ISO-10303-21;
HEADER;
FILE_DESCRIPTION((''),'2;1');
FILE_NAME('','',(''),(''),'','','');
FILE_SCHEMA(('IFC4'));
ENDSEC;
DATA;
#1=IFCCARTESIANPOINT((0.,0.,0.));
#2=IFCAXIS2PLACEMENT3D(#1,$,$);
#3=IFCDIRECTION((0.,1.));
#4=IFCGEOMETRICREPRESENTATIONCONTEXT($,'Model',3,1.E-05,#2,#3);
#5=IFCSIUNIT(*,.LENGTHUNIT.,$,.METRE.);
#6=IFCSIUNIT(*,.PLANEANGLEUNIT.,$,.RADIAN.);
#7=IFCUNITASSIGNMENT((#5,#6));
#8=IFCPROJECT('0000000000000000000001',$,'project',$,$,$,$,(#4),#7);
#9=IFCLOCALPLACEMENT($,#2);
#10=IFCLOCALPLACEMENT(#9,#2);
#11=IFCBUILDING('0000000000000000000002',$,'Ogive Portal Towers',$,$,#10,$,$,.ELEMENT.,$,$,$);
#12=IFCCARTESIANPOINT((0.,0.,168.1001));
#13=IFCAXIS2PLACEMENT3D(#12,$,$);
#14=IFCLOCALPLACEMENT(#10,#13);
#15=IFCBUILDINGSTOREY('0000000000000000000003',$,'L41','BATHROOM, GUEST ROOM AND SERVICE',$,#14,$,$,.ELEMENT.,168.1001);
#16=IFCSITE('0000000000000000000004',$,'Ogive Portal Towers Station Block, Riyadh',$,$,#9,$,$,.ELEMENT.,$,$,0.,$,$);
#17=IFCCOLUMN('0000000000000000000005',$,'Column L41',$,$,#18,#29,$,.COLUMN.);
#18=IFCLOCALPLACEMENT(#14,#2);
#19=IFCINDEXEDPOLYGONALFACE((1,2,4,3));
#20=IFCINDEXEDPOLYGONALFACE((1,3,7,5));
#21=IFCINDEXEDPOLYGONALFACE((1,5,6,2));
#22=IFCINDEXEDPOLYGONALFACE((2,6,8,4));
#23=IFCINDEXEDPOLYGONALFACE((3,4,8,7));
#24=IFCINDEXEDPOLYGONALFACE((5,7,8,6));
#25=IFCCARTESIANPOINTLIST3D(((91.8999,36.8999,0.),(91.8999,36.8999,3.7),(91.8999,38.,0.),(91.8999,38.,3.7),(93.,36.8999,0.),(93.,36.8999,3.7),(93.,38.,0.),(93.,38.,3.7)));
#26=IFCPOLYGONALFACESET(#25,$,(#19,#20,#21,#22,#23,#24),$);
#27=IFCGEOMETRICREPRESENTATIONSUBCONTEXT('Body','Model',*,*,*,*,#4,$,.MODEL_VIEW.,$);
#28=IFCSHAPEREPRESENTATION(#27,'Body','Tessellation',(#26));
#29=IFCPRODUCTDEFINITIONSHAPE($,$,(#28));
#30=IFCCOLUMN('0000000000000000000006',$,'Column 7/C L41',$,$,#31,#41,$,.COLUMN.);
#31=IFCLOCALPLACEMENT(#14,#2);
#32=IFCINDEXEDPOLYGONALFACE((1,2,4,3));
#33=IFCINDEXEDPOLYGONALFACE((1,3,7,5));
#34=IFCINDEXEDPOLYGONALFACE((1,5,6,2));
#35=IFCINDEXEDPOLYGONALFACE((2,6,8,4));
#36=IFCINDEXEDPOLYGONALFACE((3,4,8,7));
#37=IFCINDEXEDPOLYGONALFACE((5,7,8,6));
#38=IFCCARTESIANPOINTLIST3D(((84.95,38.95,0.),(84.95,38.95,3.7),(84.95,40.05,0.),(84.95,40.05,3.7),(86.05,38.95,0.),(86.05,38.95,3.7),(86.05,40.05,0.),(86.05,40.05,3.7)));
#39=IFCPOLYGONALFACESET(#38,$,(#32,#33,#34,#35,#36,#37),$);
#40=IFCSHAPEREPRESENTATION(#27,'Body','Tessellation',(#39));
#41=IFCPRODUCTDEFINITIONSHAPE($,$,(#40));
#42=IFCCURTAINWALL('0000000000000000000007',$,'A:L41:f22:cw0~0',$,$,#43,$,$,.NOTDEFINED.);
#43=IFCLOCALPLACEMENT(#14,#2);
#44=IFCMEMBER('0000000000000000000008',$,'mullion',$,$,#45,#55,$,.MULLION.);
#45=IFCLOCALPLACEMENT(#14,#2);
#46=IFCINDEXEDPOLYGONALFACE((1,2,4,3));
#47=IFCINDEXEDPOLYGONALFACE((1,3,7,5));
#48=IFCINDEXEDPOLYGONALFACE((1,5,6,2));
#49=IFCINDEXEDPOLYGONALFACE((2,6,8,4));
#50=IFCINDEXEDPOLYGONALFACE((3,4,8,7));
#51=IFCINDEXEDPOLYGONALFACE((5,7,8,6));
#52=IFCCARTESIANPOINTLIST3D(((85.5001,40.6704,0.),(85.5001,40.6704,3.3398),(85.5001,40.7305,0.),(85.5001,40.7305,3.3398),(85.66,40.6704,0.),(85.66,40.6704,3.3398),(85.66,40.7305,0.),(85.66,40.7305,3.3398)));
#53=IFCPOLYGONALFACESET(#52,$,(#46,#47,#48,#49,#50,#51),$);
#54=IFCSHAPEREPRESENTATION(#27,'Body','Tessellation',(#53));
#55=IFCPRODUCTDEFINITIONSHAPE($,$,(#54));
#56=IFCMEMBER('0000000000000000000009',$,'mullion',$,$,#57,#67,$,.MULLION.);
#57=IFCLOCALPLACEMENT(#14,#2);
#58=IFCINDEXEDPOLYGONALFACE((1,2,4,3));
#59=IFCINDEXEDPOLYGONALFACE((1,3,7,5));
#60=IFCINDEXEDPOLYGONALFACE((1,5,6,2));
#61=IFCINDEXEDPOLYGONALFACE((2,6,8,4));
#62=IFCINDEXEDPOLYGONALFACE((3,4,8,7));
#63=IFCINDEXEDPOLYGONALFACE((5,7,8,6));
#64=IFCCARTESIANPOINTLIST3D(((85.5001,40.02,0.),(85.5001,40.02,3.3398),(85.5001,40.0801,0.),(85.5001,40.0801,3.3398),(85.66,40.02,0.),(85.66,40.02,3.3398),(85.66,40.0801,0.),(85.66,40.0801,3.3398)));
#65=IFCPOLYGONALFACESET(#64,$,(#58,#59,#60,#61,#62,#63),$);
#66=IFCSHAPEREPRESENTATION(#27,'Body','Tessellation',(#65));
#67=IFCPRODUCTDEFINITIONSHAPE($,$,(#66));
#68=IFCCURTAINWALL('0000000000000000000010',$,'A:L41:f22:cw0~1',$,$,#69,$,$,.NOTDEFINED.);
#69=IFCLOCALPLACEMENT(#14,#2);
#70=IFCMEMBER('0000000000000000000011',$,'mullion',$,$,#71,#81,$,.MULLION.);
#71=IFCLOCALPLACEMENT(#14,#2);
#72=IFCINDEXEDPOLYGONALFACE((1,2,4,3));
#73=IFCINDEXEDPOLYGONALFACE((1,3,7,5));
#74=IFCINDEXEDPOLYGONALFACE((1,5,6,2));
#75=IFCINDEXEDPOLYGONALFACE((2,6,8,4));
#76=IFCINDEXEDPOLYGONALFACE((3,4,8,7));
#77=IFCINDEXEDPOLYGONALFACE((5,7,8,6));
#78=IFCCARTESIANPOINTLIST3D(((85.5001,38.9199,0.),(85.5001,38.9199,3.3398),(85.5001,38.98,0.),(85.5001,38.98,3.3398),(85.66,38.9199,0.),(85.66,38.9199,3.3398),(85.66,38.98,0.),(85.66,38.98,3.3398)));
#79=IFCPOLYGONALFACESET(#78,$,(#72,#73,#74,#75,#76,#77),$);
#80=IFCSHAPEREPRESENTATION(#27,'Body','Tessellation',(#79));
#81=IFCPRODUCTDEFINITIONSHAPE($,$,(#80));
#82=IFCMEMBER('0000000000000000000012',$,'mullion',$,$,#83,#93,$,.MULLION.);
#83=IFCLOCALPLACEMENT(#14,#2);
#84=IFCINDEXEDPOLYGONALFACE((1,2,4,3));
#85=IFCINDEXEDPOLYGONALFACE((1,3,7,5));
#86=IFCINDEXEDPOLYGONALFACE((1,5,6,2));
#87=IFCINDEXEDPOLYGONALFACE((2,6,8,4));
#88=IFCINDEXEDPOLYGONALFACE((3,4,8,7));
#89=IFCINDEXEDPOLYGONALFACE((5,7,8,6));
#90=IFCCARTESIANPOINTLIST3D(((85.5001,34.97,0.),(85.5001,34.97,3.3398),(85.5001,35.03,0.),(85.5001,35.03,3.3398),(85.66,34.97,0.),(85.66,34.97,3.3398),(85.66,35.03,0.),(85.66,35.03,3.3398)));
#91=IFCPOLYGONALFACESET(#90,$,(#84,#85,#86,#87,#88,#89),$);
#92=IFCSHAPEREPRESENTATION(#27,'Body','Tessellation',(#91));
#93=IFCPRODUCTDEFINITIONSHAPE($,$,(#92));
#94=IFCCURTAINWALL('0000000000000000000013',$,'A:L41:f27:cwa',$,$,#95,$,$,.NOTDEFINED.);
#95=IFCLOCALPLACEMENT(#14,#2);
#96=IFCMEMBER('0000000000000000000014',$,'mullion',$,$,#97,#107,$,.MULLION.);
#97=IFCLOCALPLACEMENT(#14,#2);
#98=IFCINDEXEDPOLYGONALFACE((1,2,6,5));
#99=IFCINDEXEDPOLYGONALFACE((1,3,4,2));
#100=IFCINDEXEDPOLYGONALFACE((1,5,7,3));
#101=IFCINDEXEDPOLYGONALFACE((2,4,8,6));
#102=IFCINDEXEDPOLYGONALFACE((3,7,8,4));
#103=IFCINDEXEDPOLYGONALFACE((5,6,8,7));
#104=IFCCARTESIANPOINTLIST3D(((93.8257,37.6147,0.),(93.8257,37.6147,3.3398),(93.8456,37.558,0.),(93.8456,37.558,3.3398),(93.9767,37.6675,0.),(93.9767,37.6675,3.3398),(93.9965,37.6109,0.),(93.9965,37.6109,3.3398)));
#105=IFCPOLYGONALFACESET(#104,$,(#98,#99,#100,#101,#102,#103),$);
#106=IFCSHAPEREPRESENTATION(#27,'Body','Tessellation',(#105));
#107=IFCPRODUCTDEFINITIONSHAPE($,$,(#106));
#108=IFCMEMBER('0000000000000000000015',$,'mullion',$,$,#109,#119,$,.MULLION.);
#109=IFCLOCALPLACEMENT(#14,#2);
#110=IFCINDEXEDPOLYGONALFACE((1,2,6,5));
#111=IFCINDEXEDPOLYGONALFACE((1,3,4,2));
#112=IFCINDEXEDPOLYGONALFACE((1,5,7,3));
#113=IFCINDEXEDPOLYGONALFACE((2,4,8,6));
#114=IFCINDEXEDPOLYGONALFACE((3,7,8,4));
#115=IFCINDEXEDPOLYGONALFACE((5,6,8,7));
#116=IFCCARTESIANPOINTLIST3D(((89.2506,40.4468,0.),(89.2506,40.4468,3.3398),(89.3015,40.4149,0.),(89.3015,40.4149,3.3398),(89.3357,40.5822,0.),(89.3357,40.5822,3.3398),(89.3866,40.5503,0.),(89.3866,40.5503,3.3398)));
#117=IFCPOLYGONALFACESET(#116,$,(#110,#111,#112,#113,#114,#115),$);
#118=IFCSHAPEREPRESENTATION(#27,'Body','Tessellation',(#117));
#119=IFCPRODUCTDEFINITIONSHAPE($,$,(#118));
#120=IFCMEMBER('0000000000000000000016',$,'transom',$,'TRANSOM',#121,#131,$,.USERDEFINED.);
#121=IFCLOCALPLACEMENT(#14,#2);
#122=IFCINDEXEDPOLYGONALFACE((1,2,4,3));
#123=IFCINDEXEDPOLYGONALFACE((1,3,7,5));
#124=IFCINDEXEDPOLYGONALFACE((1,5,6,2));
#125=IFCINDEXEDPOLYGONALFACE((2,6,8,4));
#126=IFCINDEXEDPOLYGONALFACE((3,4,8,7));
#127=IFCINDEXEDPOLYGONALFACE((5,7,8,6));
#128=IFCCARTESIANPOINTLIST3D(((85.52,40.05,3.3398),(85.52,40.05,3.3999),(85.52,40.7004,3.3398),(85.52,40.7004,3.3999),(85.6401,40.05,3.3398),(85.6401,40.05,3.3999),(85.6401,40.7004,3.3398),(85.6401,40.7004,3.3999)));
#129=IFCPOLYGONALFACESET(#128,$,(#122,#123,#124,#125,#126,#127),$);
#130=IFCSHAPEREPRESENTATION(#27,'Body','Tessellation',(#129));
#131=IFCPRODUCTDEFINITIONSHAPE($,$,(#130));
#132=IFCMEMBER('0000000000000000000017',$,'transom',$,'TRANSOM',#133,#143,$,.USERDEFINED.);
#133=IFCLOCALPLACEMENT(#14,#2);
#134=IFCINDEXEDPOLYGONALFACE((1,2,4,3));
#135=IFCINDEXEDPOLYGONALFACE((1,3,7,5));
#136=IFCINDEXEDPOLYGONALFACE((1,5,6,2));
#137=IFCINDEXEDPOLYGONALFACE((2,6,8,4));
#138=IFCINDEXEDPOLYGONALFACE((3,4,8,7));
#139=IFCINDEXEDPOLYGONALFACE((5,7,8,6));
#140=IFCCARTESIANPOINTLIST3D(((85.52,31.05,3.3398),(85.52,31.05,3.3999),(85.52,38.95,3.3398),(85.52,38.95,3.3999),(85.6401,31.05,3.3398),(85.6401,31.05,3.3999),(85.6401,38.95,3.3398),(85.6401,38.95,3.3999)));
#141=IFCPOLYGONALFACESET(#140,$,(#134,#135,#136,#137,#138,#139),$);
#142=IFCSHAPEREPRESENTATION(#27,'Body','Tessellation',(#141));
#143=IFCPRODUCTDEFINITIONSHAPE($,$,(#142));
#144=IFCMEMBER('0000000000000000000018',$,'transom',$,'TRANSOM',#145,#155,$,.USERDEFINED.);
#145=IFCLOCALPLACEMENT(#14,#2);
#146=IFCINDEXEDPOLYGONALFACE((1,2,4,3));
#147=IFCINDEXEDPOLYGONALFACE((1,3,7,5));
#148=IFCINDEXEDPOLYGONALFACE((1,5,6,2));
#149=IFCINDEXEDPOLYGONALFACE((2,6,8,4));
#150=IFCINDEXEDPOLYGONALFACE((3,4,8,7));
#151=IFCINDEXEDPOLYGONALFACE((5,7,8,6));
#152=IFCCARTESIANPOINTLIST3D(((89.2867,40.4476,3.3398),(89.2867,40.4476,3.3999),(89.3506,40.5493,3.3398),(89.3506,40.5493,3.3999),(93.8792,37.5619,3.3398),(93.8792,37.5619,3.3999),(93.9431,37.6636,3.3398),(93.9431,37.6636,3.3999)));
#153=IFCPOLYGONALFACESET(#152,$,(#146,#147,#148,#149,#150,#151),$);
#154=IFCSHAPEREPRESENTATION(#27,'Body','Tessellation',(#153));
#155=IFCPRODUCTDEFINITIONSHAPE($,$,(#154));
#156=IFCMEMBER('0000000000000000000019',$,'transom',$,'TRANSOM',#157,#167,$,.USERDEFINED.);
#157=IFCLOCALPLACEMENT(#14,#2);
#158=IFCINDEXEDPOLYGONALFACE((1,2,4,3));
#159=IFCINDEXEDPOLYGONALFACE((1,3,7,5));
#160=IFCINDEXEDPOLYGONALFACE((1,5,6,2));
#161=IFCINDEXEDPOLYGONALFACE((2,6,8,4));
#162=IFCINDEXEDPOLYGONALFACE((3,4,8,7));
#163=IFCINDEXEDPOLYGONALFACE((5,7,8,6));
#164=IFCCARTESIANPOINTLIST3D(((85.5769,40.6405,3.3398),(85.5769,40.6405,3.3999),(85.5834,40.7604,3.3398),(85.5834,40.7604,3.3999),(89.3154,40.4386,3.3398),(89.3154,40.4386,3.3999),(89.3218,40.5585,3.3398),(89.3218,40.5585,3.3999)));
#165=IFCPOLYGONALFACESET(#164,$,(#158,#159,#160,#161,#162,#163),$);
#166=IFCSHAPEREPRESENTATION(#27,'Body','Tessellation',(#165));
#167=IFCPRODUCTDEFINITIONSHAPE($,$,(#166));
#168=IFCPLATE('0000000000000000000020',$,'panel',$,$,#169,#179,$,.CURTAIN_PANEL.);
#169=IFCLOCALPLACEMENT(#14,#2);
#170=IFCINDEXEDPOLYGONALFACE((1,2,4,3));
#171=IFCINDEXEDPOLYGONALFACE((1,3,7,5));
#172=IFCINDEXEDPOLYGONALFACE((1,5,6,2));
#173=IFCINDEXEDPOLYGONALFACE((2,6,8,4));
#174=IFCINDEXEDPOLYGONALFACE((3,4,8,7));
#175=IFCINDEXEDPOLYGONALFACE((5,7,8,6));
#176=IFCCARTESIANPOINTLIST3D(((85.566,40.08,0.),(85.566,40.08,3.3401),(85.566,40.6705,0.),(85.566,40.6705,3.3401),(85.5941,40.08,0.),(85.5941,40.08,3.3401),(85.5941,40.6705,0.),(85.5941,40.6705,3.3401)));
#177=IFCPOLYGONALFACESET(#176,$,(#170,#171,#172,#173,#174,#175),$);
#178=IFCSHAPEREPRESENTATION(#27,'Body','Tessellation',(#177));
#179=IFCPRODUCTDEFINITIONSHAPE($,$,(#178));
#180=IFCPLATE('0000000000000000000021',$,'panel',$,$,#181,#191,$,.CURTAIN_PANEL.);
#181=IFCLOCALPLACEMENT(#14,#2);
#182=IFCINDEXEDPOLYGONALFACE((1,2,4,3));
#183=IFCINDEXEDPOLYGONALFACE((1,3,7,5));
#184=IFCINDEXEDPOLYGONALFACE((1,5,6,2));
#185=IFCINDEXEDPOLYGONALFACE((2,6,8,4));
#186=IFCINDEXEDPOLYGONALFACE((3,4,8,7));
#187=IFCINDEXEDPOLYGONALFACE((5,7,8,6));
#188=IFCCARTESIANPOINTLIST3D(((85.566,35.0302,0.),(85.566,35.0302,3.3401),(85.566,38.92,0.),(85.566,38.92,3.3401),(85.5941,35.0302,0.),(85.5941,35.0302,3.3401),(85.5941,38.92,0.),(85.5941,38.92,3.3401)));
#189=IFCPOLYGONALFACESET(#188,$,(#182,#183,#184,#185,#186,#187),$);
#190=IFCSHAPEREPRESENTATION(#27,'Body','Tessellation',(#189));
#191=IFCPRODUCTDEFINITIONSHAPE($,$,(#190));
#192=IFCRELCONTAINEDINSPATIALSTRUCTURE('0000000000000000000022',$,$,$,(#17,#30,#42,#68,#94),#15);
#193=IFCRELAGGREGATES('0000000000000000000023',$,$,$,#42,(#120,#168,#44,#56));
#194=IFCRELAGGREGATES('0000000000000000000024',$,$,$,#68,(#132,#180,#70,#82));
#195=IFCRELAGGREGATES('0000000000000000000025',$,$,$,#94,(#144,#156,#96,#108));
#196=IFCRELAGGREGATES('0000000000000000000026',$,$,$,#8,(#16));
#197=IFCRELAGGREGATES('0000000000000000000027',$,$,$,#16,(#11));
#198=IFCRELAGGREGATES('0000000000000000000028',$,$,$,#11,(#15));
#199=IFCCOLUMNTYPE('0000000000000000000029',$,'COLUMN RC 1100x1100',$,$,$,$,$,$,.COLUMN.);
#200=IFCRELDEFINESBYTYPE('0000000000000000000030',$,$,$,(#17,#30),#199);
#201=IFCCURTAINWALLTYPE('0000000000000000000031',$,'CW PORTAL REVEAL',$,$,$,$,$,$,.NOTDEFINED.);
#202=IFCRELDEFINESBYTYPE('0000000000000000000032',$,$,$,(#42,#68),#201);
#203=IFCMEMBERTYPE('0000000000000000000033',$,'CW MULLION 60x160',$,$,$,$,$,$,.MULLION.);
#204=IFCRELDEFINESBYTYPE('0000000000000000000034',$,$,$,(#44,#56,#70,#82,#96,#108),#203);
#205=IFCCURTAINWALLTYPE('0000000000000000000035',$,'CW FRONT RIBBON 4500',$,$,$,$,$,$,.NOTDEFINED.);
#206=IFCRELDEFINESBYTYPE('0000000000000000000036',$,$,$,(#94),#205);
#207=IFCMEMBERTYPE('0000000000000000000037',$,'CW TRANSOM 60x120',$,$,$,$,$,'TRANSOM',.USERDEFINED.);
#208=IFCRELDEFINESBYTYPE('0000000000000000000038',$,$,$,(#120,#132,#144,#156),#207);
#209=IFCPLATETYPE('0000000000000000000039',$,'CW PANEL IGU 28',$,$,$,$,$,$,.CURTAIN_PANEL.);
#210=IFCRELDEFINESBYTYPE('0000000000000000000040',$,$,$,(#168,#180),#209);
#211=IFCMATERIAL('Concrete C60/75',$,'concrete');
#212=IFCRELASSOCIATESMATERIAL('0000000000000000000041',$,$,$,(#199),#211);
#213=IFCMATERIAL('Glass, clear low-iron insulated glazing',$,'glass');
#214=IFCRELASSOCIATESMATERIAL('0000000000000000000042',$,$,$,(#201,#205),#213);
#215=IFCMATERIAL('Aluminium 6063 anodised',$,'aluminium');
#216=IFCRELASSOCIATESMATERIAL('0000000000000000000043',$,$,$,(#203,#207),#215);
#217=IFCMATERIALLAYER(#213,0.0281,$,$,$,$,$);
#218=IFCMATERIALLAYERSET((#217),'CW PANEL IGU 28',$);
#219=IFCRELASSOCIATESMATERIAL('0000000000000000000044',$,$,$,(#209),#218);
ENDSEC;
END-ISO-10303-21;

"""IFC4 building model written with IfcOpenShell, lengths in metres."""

from ifc_helpers import new_model, si_unit, direction, frame, origin, origin_2d, place, context, subcontext, project, spatial, rectangle, extrude, material, layer, layer_set, material_profile, profile_set, type_object, element, aggregate, save


model = new_model("IFC4")

# Units and contexts
model_context = context("Model", 3, precision=1e-05, world=origin(), true_north=direction((0.0, 1.0)))
body_context = subcontext(model_context, "Body", "Model", "MODEL_VIEW")
ifc_project = project(units=[si_unit("LENGTHUNIT", "METRE"), si_unit("PLANEANGLEUNIT", "RADIAN")], contexts=[model_context])

# Site, building, storey
site_placement = place(None, origin())
site = spatial("IfcSite", under=ifc_project, at=site_placement, Name="Ogive Portal Towers Station Block, Riyadh", CompositionType="ELEMENT", RefElevation=0.0)
building_placement = place(site_placement, origin())
building = spatial("IfcBuilding", under=site, at=building_placement, Name="Ogive Portal Towers", CompositionType="ELEMENT")
storey_placement = place(building_placement, frame((0.0, 0.0, 168.1001)))
storey = spatial("IfcBuildingStorey", under=building, at=storey_placement, Name="L41", Description="BATHROOM, GUEST ROOM AND SERVICE", CompositionType="ELEMENT", Elevation=168.1001)

# Columns
ifc_material_1 = material(Name="Concrete C60/75", Category="concrete")
ifc_material_profile_1 = material_profile(ifc_material_1, rectangle(XDim=1.1001, YDim=1.1001, at=origin_2d()), Name="RC 1100x1100")
ifc_profile_set_1 = profile_set([ifc_material_profile_1], Name="Concrete C60/75")
column_type = type_object("IfcColumnType", Name="COLUMN RC 1100x1100", PredefinedType="COLUMN", material=ifc_profile_set_1)
for number, where, z_axis, x_axis, name in (
    (1, (92.45, 37.45, 0.0), (0.0, 0.0, 1.0), (1.0, 0.0, 0.0), "Column L41"),
    (2, (85.5, 39.5, 0.0), (0.0, 0.0, 1.0), (1.0, 0.0, 0.0), "Column 7/C L41"),
):
    element("IfcColumn", number, at=place(storey_placement, frame(where, z_axis=z_axis, x_axis=x_axis)), inside=storey, type_object=column_type, Name=name, PredefinedType="COLUMN", context=body_context, shape_type="SweptSolid", body=[
        extrude(rectangle(XDim=1.1001, YDim=1.1001, at=origin_2d()), origin(), (0.0, 0.0, 1.0), 3.7),
    ])

# Curtain walls, members
ifc_material_2 = material(Name="Glass, clear low-iron insulated glazing", Category="glass")
curtain_wall_type_1 = type_object("IfcCurtainWallType", Name="CW PORTAL REVEAL", PredefinedType="NOTDEFINED", material=ifc_material_2)
curtain_wall_1_placement = place(storey_placement, origin())
curtain_wall_1 = element("IfcCurtainWall", 3, at=curtain_wall_1_placement, inside=storey, type_object=curtain_wall_type_1, Name="A:L41:f22:cw0~0", PredefinedType="NOTDEFINED")
ifc_material_3 = material(Name="Aluminium 6063 anodised", Category="aluminium")
ifc_material_profile_2 = material_profile(ifc_material_3, rectangle(XDim=0.1599, YDim=0.0601, at=origin_2d()), Name="AL 60x160")
ifc_profile_set_2 = profile_set([ifc_material_profile_2], Name="Aluminium 6063 anodised")
member_type_1 = type_object("IfcMemberType", Name="CW MULLION 60x160", PredefinedType="MULLION", material=ifc_profile_set_2)
member_1_placement = place(storey_placement, frame((85.5801, 40.7004, 0.0), z_axis=(0.0, 0.0, 1.0), x_axis=(1.0, 0.0, 0.0)))
member_1 = element("IfcMember", 4, at=member_1_placement, type_object=member_type_1, Name="mullion", PredefinedType="MULLION", context=body_context, shape_type="SweptSolid", body=[
    extrude(rectangle(XDim=0.1599, YDim=0.0601, at=origin_2d()), origin(), (0.0, 0.0, 1.0), 3.3398),
])
member_2_placement = place(storey_placement, frame((85.5801, 40.05, 0.0), z_axis=(0.0, 0.0, 1.0), x_axis=(1.0, 0.0, 0.0)))
member_2 = element("IfcMember", 5, at=member_2_placement, type_object=member_type_1, Name="mullion", PredefinedType="MULLION", context=body_context, shape_type="SweptSolid", body=[
    extrude(rectangle(XDim=0.1599, YDim=0.0601, at=origin_2d()), origin(), (0.0, 0.0, 1.0), 3.3398),
])
curtain_wall_2_placement = place(storey_placement, origin())
curtain_wall_2 = element("IfcCurtainWall", 6, at=curtain_wall_2_placement, inside=storey, type_object=curtain_wall_type_1, Name="A:L41:f22:cw0~1", PredefinedType="NOTDEFINED")
member_3_placement = place(storey_placement, frame((85.5801, 38.95, 0.0), z_axis=(0.0, 0.0, 1.0), x_axis=(1.0, 0.0, 0.0)))
member_3 = element("IfcMember", 7, at=member_3_placement, type_object=member_type_1, Name="mullion", PredefinedType="MULLION", context=body_context, shape_type="SweptSolid", body=[
    extrude(rectangle(XDim=0.1599, YDim=0.0601, at=origin_2d()), origin(), (0.0, 0.0, 1.0), 3.3398),
])
member_4_placement = place(storey_placement, frame((85.5801, 35.0, 0.0), z_axis=(0.0, 0.0, 1.0), x_axis=(1.0, 0.0, 0.0)))
member_4 = element("IfcMember", 8, at=member_4_placement, type_object=member_type_1, Name="mullion", PredefinedType="MULLION", context=body_context, shape_type="SweptSolid", body=[
    extrude(rectangle(XDim=0.1599, YDim=0.0601, at=origin_2d()), origin(), (0.0, 0.0, 1.0), 3.3398),
])
curtain_wall_type_2 = type_object("IfcCurtainWallType", Name="CW FRONT RIBBON 4500", PredefinedType="NOTDEFINED", material=ifc_material_2)
curtain_wall_3_placement = place(storey_placement, origin())
curtain_wall_3 = element("IfcCurtainWall", 9, at=curtain_wall_3_placement, inside=storey, type_object=curtain_wall_type_2, Name="A:L41:f27:cwa", PredefinedType="NOTDEFINED")
member_5_placement = place(storey_placement, frame((93.9111, 37.6128, 0.0), z_axis=(0.0, 0.0, 1.0), x_axis=(-0.943883, -0.330279, 0.0)))
member_5 = element("IfcMember", 10, at=member_5_placement, type_object=member_type_1, Name="mullion", PredefinedType="MULLION", context=body_context, shape_type="SweptSolid", body=[
    extrude(rectangle(XDim=0.1599, YDim=0.0601, at=origin_2d()), origin(), (0.0, 0.0, 1.0), 3.3398),
])
member_6_placement = place(storey_placement, frame((89.3186, 40.4985, 0.0), z_axis=(0.0, 0.0, 1.0), x_axis=(-0.532032, -0.846724, 0.0)))
member_6 = element("IfcMember", 11, at=member_6_placement, type_object=member_type_1, Name="mullion", PredefinedType="MULLION", context=body_context, shape_type="SweptSolid", body=[
    extrude(rectangle(XDim=0.1599, YDim=0.0601, at=origin_2d()), origin(), (0.0, 0.0, 1.0), 3.3398),
])

# Members
ifc_material_profile_3 = material_profile(ifc_material_3, rectangle(XDim=0.1201, YDim=0.0601, at=origin_2d()), Name="AL 120x60")
ifc_profile_set_3 = profile_set([ifc_material_profile_3], Name="Aluminium 6063 anodised")
member_type_2 = type_object("IfcMemberType", Name="CW TRANSOM 60x120", ElementType="TRANSOM", PredefinedType="USERDEFINED", material=ifc_profile_set_3)
member_7_placement = place(storey_placement, frame((85.5801, 40.7004, 3.3699), z_axis=(0.0, -1.0, 0.0), x_axis=(1.0, 0.0, 0.0)))
member_7 = element("IfcMember", 12, at=member_7_placement, type_object=member_type_2, Name="transom", ObjectType="TRANSOM", PredefinedType="USERDEFINED", context=body_context, shape_type="SweptSolid", body=[
    extrude(rectangle(XDim=0.1201, YDim=0.0601, at=origin_2d()), origin(), (0.0, 0.0, 1.0), 0.6504),
])
member_8_placement = place(storey_placement, frame((85.5801, 38.95, 3.3699), z_axis=(0.0, -1.0, 0.0), x_axis=(1.0, 0.0, 0.0)))
member_8 = element("IfcMember", 13, at=member_8_placement, type_object=member_type_2, Name="transom", ObjectType="TRANSOM", PredefinedType="USERDEFINED", context=body_context, shape_type="SweptSolid", body=[
    extrude(rectangle(XDim=0.1201, YDim=0.0601, at=origin_2d()), origin(), (0.0, 0.0, 1.0), 7.8999),
])
member_9_placement = place(storey_placement, frame((93.9111, 37.6128, 3.3699), z_axis=(-0.846719, 0.532041, 0.0), x_axis=(-0.532041, -0.846719, 0.0)))
member_9 = element("IfcMember", 14, at=member_9_placement, type_object=member_type_2, Name="transom", ObjectType="TRANSOM", PredefinedType="USERDEFINED", context=body_context, shape_type="SweptSolid", body=[
    extrude(rectangle(XDim=0.1201, YDim=0.0601, at=origin_2d()), origin(), (0.0, 0.0, 1.0), 5.4238),
])
member_10_placement = place(storey_placement, frame((89.3186, 40.4985, 3.3699), z_axis=(-0.998545, 0.053928, 0.0), x_axis=(-0.053928, -0.998545, 0.0)))
member_10 = element("IfcMember", 15, at=member_10_placement, type_object=member_type_2, Name="transom", ObjectType="TRANSOM", PredefinedType="USERDEFINED", context=body_context, shape_type="SweptSolid", body=[
    extrude(rectangle(XDim=0.1201, YDim=0.0601, at=origin_2d()), origin(), (0.0, 0.0, 1.0), 3.7439),
])

# Plates
ifc_layer = layer(ifc_material_2, 0.0281)
ifc_layer_set = layer_set([ifc_layer], Name="CW PANEL IGU 28")
plate_type = type_object("IfcPlateType", Name="CW PANEL IGU 28", PredefinedType="CURTAIN_PANEL", material=ifc_layer_set)
plate_1_placement = place(storey_placement, frame((85.5801, 40.3752, 0.0), z_axis=(0.0, 0.0, 1.0), x_axis=(0.0, -1.0, 0.0)))
plate_1 = element("IfcPlate", 16, at=plate_1_placement, type_object=plate_type, Name="panel", PredefinedType="CURTAIN_PANEL", context=body_context, shape_type="SweptSolid", body=[
    extrude(rectangle(XDim=0.5906, YDim=0.0281, at=origin_2d()), origin(), (0.0, 0.0, 1.0), 3.3401),
])
aggregate(curtain_wall_1, [member_7, plate_1, member_1, member_2])
plate_2_placement = place(storey_placement, frame((85.5801, 36.9751, 0.0), z_axis=(0.0, 0.0, 1.0), x_axis=(0.0, -1.0, 0.0)))
plate_2 = element("IfcPlate", 17, at=plate_2_placement, type_object=plate_type, Name="panel", PredefinedType="CURTAIN_PANEL", context=body_context, shape_type="SweptSolid", body=[
    extrude(rectangle(XDim=3.8899, YDim=0.0281, at=origin_2d()), origin(), (0.0, 0.0, 1.0), 3.3401),
])
aggregate(curtain_wall_2, [member_8, plate_2, member_3, member_4])
aggregate(curtain_wall_3, [member_9, member_10, member_5, member_6])

save(model, "model.ifc")
